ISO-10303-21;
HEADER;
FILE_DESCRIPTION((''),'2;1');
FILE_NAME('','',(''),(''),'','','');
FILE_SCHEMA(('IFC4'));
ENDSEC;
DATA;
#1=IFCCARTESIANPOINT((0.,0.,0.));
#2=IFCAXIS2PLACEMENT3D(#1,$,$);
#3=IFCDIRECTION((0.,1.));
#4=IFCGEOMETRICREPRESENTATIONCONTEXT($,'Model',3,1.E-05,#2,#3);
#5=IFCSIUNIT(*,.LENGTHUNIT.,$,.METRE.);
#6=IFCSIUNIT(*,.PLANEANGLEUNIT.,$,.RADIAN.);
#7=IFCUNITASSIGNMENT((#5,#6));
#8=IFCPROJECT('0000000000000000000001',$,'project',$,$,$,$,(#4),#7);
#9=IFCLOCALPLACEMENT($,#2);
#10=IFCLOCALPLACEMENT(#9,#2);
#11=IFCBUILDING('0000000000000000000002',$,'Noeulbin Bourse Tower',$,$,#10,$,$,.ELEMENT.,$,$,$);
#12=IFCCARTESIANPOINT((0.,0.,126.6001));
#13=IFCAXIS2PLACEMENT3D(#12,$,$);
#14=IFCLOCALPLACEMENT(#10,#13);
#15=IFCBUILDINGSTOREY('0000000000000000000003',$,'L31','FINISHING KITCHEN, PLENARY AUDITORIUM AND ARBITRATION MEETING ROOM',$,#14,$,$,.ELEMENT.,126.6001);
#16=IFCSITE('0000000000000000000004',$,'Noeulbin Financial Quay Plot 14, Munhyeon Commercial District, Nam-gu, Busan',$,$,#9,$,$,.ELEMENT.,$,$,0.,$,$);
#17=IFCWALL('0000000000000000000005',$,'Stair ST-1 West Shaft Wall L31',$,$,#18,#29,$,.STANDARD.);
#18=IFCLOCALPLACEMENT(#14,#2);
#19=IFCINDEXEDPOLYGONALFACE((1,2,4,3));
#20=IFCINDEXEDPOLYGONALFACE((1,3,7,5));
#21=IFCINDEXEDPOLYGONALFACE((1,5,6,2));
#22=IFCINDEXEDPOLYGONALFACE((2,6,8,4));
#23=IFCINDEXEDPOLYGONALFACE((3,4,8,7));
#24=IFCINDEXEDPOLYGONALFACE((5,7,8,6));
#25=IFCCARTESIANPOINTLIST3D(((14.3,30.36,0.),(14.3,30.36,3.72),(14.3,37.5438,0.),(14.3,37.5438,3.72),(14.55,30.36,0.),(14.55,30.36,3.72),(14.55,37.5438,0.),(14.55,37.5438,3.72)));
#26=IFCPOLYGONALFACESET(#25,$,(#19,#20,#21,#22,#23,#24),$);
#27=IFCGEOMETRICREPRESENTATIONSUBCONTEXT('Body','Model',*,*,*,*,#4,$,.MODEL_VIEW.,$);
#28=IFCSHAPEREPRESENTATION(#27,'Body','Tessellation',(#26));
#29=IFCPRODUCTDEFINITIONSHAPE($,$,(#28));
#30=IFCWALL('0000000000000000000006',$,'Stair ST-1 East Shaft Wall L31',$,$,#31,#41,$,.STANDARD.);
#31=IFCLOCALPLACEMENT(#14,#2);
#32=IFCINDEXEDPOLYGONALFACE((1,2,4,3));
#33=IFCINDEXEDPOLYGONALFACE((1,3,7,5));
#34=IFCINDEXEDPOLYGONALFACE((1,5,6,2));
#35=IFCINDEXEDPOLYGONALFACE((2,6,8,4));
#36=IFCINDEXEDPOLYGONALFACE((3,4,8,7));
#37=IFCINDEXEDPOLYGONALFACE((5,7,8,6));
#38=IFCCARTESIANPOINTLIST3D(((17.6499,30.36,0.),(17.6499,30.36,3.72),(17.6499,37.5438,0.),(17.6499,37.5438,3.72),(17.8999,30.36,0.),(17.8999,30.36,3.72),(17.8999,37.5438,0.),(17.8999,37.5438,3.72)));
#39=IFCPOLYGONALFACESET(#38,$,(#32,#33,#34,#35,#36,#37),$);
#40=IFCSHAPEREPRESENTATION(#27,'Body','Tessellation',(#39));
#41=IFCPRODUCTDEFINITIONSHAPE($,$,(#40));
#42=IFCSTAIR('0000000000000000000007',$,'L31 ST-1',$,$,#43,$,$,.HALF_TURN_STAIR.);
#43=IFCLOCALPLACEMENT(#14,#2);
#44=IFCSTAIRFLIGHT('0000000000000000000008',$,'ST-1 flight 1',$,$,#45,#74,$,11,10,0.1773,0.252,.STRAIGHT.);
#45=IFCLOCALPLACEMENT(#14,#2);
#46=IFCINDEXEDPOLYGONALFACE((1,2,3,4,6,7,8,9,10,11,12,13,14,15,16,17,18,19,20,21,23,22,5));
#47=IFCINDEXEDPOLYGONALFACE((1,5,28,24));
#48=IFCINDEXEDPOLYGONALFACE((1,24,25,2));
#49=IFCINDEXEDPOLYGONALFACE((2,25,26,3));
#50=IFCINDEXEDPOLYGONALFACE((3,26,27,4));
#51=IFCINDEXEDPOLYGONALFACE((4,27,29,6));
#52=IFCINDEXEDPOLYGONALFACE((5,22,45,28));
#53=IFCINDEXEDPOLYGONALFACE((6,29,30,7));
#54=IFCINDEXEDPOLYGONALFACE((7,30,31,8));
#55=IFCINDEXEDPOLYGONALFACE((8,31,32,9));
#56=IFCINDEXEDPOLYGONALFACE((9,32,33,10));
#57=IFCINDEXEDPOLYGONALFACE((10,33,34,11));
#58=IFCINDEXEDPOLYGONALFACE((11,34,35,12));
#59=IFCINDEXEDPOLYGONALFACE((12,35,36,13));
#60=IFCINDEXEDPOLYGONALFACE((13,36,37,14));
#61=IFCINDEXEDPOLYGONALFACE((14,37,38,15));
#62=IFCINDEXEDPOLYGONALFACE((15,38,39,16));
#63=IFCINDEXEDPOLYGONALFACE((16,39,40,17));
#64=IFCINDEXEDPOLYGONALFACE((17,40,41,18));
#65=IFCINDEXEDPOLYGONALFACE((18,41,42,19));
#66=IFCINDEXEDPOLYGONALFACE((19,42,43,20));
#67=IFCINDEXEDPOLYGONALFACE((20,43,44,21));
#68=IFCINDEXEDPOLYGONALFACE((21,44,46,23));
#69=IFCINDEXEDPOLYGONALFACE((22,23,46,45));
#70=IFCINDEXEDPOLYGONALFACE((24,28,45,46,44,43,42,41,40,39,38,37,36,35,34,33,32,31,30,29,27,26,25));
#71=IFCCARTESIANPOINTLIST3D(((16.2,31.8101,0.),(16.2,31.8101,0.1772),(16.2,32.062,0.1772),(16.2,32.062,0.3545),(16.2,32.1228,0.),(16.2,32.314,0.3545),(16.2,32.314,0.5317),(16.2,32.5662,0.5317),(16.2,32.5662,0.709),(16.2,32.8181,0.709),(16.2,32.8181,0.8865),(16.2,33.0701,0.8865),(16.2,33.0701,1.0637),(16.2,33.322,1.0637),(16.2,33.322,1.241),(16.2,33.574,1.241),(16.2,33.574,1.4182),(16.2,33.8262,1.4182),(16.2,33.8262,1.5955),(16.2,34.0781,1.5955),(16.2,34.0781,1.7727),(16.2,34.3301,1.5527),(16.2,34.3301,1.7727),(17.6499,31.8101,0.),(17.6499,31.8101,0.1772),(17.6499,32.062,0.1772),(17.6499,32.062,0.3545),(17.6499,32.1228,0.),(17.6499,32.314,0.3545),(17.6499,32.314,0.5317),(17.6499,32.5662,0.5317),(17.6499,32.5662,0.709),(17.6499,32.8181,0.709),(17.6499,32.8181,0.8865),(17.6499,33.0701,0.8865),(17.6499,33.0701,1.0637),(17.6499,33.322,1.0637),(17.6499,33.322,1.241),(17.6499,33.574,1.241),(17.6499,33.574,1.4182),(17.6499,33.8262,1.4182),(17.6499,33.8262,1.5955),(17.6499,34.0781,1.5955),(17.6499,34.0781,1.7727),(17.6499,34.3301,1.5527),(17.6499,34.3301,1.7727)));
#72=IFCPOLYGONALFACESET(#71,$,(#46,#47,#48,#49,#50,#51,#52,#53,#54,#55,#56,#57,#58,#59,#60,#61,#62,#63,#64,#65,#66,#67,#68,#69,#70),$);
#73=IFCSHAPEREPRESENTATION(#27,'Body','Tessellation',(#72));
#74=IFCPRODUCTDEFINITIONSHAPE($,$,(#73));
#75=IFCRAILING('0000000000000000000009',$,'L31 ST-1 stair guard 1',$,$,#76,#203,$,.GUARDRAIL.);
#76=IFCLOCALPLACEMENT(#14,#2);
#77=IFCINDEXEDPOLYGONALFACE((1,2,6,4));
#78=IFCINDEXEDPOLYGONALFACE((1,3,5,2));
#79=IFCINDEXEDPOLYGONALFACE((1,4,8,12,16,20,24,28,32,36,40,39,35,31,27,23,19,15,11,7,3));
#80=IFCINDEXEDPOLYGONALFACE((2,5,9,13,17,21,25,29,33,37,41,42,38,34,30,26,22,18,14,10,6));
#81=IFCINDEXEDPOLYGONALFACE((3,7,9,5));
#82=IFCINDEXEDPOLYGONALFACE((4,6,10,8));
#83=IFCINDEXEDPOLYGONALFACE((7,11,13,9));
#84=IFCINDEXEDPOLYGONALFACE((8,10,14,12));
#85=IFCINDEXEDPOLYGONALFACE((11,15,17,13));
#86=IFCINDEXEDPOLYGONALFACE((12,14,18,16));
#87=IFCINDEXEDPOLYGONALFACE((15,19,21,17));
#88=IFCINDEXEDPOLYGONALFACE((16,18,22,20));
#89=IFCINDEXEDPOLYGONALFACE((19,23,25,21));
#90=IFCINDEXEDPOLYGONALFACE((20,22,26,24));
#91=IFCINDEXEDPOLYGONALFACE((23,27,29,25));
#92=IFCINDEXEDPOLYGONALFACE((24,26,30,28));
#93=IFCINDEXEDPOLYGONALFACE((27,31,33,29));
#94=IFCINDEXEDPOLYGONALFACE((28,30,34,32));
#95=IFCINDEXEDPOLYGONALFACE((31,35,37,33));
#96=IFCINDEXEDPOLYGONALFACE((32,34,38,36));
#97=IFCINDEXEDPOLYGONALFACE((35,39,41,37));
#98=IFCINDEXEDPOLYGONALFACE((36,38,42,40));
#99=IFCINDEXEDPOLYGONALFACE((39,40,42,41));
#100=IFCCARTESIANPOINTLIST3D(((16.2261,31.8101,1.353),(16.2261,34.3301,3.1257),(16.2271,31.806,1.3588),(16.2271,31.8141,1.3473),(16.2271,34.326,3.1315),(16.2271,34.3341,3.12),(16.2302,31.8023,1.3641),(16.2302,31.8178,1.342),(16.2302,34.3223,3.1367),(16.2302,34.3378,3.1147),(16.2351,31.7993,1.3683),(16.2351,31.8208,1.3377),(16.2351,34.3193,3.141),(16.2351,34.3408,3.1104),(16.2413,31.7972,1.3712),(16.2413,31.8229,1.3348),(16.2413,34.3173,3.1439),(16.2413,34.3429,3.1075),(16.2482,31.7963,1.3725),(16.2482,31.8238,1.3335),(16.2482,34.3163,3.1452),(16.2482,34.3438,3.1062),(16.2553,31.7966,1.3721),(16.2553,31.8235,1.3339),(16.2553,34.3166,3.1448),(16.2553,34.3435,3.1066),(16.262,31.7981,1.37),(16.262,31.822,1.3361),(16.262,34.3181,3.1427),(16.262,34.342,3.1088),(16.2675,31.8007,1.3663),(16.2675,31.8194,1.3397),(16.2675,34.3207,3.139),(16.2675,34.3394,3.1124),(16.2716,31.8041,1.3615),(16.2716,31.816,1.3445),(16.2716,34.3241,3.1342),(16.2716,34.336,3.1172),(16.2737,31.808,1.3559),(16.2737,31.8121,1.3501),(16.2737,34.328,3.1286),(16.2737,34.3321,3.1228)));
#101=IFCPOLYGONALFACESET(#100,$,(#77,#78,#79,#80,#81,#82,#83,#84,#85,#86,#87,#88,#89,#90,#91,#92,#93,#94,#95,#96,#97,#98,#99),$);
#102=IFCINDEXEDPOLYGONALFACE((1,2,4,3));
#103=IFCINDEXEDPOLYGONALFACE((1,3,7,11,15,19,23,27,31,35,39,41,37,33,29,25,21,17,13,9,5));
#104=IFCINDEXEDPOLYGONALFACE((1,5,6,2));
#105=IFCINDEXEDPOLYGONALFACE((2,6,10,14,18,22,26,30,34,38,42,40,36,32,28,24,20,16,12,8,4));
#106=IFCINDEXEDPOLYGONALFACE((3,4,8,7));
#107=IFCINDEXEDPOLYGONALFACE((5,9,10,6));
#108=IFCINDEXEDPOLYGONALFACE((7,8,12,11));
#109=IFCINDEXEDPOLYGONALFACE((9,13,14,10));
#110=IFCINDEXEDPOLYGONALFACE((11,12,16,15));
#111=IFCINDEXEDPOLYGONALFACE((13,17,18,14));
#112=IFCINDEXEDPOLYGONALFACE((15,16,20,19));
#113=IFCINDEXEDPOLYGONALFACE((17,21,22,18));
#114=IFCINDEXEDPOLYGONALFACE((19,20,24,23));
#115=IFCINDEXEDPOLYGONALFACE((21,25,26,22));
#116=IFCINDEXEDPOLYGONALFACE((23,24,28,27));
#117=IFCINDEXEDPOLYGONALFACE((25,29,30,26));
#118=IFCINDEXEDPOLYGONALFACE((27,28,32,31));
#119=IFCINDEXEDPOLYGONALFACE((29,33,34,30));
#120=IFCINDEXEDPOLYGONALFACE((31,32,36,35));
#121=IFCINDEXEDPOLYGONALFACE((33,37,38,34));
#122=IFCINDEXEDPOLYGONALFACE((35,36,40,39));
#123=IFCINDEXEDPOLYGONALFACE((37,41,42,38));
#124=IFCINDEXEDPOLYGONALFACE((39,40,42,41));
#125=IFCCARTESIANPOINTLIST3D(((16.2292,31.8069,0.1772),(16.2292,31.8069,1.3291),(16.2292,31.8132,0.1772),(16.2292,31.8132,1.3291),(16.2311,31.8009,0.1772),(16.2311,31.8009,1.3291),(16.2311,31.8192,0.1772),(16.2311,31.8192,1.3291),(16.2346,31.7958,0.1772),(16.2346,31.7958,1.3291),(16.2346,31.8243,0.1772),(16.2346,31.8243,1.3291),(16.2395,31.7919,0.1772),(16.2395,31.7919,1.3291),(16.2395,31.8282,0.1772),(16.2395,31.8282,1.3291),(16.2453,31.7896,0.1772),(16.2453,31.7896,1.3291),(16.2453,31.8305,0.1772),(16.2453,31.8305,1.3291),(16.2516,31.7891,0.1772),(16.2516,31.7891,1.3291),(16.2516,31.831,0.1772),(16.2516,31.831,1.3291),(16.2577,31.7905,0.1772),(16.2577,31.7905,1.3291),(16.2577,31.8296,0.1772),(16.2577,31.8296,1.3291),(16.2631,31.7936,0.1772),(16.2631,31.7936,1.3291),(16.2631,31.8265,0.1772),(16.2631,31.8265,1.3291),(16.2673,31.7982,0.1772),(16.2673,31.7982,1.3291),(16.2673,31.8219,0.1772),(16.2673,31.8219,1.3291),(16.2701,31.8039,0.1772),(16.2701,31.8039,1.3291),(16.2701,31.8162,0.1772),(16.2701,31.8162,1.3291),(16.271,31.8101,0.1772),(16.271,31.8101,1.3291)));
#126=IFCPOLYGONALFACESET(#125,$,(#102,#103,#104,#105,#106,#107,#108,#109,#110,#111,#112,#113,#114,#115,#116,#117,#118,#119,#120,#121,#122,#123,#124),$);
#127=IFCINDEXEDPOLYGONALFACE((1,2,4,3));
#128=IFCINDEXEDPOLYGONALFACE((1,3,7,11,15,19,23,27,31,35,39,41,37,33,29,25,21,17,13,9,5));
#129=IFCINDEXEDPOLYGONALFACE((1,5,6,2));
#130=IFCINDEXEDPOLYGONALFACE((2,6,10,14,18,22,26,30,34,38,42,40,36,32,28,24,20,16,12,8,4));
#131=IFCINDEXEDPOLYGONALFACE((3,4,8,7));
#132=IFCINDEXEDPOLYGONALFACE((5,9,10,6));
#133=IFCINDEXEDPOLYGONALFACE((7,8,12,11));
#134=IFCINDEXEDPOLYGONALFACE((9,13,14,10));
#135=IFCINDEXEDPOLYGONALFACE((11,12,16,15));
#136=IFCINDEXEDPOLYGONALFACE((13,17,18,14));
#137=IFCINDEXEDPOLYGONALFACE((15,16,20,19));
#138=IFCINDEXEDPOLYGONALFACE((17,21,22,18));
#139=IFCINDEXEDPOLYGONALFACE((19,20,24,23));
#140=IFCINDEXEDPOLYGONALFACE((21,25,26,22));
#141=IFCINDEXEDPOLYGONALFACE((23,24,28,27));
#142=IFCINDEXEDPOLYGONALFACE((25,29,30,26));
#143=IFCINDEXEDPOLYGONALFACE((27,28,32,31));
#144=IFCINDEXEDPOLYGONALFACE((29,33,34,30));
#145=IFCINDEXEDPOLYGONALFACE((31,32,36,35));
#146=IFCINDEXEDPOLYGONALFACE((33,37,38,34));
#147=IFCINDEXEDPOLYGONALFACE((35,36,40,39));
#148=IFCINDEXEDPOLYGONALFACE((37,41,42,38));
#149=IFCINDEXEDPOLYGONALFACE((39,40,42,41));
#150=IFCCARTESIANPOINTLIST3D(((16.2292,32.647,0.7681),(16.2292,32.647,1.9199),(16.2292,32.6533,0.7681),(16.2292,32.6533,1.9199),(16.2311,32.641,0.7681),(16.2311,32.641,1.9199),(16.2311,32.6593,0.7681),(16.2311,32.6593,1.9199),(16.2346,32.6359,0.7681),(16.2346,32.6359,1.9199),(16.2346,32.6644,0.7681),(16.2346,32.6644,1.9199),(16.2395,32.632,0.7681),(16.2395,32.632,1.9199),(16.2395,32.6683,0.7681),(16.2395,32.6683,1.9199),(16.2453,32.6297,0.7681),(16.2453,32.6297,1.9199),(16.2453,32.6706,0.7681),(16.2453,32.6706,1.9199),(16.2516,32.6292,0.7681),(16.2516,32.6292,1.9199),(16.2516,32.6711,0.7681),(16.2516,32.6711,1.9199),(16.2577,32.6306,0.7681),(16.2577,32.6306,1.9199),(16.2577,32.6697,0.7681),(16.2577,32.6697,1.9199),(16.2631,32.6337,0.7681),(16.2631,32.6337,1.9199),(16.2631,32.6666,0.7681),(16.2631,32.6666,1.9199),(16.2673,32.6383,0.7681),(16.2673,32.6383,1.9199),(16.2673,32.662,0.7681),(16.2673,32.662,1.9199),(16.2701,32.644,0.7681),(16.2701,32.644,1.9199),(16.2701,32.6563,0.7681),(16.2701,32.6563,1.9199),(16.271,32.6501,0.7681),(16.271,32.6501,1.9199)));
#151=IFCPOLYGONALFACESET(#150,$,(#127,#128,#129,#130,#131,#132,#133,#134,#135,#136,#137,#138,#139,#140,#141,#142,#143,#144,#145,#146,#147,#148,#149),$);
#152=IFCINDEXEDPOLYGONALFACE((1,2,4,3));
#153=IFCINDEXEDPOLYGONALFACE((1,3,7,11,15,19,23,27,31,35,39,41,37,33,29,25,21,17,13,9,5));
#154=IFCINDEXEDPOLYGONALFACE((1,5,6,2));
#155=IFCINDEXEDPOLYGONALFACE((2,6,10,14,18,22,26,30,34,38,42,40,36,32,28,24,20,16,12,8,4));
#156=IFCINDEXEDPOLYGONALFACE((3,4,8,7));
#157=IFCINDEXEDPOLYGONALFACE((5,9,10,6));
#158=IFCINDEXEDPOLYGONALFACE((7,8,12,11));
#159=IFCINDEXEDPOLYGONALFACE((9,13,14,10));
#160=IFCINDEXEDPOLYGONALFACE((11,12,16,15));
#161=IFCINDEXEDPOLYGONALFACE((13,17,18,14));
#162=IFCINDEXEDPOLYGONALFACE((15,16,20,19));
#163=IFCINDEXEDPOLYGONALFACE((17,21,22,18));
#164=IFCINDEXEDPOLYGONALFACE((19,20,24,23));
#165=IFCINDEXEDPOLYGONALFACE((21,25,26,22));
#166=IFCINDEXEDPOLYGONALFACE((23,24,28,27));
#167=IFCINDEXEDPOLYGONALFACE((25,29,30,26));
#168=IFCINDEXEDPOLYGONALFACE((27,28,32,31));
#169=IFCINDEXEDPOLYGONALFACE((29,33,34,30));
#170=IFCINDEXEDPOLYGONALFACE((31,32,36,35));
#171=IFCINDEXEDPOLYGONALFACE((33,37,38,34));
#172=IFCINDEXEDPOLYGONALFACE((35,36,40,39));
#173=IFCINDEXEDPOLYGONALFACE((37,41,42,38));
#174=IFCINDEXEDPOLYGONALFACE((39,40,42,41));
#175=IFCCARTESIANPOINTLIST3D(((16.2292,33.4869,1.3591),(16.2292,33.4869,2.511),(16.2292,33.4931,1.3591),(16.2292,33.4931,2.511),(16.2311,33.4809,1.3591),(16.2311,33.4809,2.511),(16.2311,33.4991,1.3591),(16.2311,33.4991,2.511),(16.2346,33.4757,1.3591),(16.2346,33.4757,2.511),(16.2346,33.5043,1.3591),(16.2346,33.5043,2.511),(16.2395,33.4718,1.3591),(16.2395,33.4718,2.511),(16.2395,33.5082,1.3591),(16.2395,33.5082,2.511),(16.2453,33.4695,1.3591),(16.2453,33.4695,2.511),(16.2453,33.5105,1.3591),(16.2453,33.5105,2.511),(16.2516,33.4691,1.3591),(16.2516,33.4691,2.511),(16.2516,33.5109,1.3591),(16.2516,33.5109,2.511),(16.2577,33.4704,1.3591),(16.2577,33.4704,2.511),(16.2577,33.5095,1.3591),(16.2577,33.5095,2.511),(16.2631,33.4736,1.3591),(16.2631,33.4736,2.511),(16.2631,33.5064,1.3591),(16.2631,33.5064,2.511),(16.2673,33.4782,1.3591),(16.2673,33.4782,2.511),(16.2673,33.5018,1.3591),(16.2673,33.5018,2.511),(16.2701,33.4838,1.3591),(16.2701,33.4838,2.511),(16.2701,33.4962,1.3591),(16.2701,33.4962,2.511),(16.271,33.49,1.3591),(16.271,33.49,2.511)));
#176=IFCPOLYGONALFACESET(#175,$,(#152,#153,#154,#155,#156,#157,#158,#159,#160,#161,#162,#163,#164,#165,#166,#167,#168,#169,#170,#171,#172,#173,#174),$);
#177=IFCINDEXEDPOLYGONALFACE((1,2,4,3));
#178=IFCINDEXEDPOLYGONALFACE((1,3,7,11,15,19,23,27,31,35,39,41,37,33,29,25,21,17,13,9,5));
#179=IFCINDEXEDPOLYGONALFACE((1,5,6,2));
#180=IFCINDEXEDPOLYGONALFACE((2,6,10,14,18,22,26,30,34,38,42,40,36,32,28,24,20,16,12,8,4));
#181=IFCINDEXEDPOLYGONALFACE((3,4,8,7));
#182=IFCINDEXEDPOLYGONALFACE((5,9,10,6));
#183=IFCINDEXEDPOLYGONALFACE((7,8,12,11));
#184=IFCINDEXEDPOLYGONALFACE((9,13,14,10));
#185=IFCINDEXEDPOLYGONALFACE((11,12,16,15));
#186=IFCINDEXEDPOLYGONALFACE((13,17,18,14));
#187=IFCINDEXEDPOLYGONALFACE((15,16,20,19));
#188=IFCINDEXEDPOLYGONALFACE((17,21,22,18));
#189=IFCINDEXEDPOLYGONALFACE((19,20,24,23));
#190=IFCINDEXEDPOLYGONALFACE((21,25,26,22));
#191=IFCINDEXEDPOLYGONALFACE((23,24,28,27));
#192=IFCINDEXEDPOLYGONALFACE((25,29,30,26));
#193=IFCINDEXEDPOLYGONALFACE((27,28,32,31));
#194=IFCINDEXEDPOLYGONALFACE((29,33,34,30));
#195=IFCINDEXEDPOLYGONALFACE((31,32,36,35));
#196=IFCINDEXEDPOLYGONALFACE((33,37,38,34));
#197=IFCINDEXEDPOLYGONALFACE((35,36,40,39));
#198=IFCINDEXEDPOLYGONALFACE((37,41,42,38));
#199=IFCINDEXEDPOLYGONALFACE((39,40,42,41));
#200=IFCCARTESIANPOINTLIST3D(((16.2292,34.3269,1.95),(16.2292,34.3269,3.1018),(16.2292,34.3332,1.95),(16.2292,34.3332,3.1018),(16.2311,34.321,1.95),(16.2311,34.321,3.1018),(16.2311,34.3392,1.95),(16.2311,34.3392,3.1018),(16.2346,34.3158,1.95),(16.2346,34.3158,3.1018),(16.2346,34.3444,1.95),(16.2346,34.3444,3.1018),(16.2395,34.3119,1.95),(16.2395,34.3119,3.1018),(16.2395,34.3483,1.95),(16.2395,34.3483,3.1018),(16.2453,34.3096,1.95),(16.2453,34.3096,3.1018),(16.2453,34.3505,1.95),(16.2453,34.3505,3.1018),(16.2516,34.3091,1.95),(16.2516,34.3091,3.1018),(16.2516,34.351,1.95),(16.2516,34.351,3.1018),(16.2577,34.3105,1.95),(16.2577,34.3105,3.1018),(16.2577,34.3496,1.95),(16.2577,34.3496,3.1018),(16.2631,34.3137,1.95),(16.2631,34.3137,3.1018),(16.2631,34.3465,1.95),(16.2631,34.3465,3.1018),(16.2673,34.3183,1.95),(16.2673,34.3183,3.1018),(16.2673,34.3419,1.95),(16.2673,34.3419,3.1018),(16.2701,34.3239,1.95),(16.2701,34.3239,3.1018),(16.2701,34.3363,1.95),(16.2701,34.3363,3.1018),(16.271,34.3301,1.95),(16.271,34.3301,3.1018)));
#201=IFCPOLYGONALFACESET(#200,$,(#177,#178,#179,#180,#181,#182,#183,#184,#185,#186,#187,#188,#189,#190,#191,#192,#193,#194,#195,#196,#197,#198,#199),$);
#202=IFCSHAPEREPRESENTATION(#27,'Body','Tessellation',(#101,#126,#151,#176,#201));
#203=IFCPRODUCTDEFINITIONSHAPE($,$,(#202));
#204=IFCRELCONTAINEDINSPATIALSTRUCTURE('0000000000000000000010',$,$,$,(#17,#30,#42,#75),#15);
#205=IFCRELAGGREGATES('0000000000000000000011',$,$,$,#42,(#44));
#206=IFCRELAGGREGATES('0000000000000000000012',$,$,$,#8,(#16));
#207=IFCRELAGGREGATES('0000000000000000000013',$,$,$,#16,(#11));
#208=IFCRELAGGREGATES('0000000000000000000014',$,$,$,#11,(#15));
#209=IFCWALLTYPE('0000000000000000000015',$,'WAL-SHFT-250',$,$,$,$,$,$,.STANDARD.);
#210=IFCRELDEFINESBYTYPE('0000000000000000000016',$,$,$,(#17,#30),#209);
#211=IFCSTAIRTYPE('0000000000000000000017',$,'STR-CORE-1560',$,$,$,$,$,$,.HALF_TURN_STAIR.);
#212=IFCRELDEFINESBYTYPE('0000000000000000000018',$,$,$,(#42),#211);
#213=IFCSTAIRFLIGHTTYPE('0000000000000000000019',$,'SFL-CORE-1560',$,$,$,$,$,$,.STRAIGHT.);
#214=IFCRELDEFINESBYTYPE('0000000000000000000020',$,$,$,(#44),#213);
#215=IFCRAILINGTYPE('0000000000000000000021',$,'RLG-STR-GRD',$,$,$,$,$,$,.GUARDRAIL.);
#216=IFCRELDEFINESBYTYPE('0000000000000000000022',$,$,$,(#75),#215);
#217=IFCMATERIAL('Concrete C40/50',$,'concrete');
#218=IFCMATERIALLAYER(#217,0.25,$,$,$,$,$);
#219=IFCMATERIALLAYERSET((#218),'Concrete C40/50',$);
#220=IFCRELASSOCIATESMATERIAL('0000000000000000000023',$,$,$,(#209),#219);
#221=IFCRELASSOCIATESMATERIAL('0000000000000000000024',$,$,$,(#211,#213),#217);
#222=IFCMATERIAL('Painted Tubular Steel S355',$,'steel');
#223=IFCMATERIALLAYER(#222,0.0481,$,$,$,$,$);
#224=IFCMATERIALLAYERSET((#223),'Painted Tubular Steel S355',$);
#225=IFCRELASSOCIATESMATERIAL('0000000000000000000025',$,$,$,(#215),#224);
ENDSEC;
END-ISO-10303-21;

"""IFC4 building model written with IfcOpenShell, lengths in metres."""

from ifc_helpers import new_model, si_unit, direction, frame, frame_2d, origin, origin_2d, place, context, subcontext, project, spatial, polyline, rectangle, circle, outline, extrude, material, layer, layer_set, type_object, element, aggregate, save


model = new_model("IFC4")

# Units and contexts
model_context = context("Model", 3, precision=1e-05, world=origin(), true_north=direction((0.0, 1.0)))
body_context = subcontext(model_context, "Body", "Model", "MODEL_VIEW")
ifc_project = project(units=[si_unit("LENGTHUNIT", "METRE"), si_unit("PLANEANGLEUNIT", "RADIAN")], contexts=[model_context])

# Site, building, storey
site_placement = place(None, origin())
site = spatial("IfcSite", under=ifc_project, at=site_placement, Name="Noeulbin Financial Quay Plot 14, Munhyeon Commercial District, Nam-gu, Busan", CompositionType="ELEMENT", RefElevation=0.0)
building_placement = place(site_placement, origin())
building = spatial("IfcBuilding", under=site, at=building_placement, Name="Noeulbin Bourse Tower", CompositionType="ELEMENT")
storey_placement = place(building_placement, frame((0.0, 0.0, 126.6001)))
storey = spatial("IfcBuildingStorey", under=building, at=storey_placement, Name="L31", Description="FINISHING KITCHEN, PLENARY AUDITORIUM AND ARBITRATION MEETING ROOM", CompositionType="ELEMENT", Elevation=126.6001)

# Shared definitions
ifc_material_1 = material(Name="Concrete C40/50", Category="concrete")

# Shared definitions
ifc_layer_1 = layer(ifc_material_1, 0.25)
ifc_layer_set_1 = layer_set([ifc_layer_1], Name="Concrete C40/50")
wall_type_1 = type_object("IfcWallType", Name="WAL-SHFT-250", PredefinedType="STANDARD", material=ifc_layer_set_1)

# Walls
for number, where, z_axis, x_axis, name in (
    (1, (14.425, 30.3601, 0.0), (0.0, 0.0, 1.0), (0.0, 1.0, 0.0), "Stair ST-1 West Shaft Wall L31"),
    (2, (17.7749, 30.3601, 0.0), (0.0, 0.0, 1.0), (0.0, 1.0, 0.0), "Stair ST-1 East Shaft Wall L31"),
):
    element("IfcWall", number, at=place(storey_placement, frame(where, z_axis=z_axis, x_axis=x_axis)), inside=storey, type_object=wall_type_1, Name=name, PredefinedType="STANDARD", context=body_context, shape_type="SweptSolid", body=[
        extrude(rectangle(XDim=7.1838, YDim=0.25, at=frame_2d((3.5918, 0.0))), origin(), (0.0, 0.0, 1.0), 3.72),
    ])

# Stair, stair flight
stair_type = type_object("IfcStairType", Name="STR-CORE-1560", PredefinedType="HALF_TURN_STAIR", material=ifc_material_1)
stair_placement = place(storey_placement, origin())
stair = element("IfcStair", 3, at=stair_placement, inside=storey, type_object=stair_type, Name="L31 ST-1", PredefinedType="HALF_TURN_STAIR")
stair_flight_type = type_object("IfcStairFlightType", Name="SFL-CORE-1560", PredefinedType="STRAIGHT", material=ifc_material_1)
stair_flight_placement = place(storey_placement, frame((16.925, 31.8101, 0.0), z_axis=(0.0, 0.0, 1.0), x_axis=(0.0, 1.0, 0.0)))
stair_flight = element("IfcStairFlight", 4, at=stair_flight_placement, type_object=stair_flight_type, Name="ST-1 flight 1", NumberOfRisers=11, NumberOfTreads=10, PredefinedType="STRAIGHT", RiserHeight=0.1773, TreadLength=0.252, context=body_context, shape_type="SweptSolid", body=[
    extrude(outline(polyline([(0.0, 0.0), (0.0, 0.1772), (0.252, 0.1772), (0.252, 0.3545), (0.5039, 0.3545), (0.5039, 0.5317), (0.7561, 0.5317), (0.7561, 0.709), (1.0081, 0.709), (1.0081, 0.8865), (1.26, 0.8865), (1.26, 1.0637), (1.512, 1.0637), (1.512, 1.241), (1.7639, 1.241), (1.7639, 1.4182), (2.0161, 1.4182), (2.0161, 1.5955), (2.2681, 1.5955), (2.2681, 1.7727), (2.52, 1.7727), (2.52, 1.95), (2.52, 1.5527), (0.3127, 0.0), (0.0, 0.0)])), frame((0.0, 0.7251, 0.0), z_axis=(0.0, -1.0, 0.0), x_axis=(1.0, 0.0, 0.0)), (0.0, 0.0, 1.0), 1.45),
])
aggregate(stair, [stair_flight])

# Railing
ifc_material_2 = material(Name="Painted Tubular Steel S355", Category="steel")
ifc_layer_2 = layer(ifc_material_2, 0.0481)
ifc_layer_set_2 = layer_set([ifc_layer_2], Name="Painted Tubular Steel S355")
railing_type_1 = type_object("IfcRailingType", Name="RLG-STR-GRD", PredefinedType="GUARDRAIL", material=ifc_layer_set_2)
railing_1_placement = place(storey_placement, frame((16.25, 31.8101, 0.1772)))
element("IfcRailing", 5, at=railing_1_placement, inside=storey, type_object=railing_type_1, Name="L31 ST-1 stair guard 1", PredefinedType="GUARDRAIL", context=body_context, shape_type="SweptSolid", body=[
    extrude(circle(Radius=0.0239, at=origin_2d()), frame((0.0, 0.0, 1.1758), z_axis=(0.0, 0.817904, 0.575354), x_axis=(-1.0, 0.0, 0.0)), (0.0, 0.0, 1.0), 3.0811),
    extrude(circle(Radius=0.021, at=origin_2d()), origin(), (0.0, 0.0, 1.0), 1.1519),
    extrude(circle(Radius=0.021, at=origin_2d()), frame((0.0, 0.8401, 0.5908)), (0.0, 0.0, 1.0), 1.1519),
    extrude(circle(Radius=0.021, at=origin_2d()), frame((0.0, 1.6799, 1.1819)), (0.0, 0.0, 1.0), 1.1519),
    extrude(circle(Radius=0.021, at=origin_2d()), frame((0.0, 2.52, 1.7727)), (0.0, 0.0, 1.0), 1.1519),
])

save(model, "model.ifc")
